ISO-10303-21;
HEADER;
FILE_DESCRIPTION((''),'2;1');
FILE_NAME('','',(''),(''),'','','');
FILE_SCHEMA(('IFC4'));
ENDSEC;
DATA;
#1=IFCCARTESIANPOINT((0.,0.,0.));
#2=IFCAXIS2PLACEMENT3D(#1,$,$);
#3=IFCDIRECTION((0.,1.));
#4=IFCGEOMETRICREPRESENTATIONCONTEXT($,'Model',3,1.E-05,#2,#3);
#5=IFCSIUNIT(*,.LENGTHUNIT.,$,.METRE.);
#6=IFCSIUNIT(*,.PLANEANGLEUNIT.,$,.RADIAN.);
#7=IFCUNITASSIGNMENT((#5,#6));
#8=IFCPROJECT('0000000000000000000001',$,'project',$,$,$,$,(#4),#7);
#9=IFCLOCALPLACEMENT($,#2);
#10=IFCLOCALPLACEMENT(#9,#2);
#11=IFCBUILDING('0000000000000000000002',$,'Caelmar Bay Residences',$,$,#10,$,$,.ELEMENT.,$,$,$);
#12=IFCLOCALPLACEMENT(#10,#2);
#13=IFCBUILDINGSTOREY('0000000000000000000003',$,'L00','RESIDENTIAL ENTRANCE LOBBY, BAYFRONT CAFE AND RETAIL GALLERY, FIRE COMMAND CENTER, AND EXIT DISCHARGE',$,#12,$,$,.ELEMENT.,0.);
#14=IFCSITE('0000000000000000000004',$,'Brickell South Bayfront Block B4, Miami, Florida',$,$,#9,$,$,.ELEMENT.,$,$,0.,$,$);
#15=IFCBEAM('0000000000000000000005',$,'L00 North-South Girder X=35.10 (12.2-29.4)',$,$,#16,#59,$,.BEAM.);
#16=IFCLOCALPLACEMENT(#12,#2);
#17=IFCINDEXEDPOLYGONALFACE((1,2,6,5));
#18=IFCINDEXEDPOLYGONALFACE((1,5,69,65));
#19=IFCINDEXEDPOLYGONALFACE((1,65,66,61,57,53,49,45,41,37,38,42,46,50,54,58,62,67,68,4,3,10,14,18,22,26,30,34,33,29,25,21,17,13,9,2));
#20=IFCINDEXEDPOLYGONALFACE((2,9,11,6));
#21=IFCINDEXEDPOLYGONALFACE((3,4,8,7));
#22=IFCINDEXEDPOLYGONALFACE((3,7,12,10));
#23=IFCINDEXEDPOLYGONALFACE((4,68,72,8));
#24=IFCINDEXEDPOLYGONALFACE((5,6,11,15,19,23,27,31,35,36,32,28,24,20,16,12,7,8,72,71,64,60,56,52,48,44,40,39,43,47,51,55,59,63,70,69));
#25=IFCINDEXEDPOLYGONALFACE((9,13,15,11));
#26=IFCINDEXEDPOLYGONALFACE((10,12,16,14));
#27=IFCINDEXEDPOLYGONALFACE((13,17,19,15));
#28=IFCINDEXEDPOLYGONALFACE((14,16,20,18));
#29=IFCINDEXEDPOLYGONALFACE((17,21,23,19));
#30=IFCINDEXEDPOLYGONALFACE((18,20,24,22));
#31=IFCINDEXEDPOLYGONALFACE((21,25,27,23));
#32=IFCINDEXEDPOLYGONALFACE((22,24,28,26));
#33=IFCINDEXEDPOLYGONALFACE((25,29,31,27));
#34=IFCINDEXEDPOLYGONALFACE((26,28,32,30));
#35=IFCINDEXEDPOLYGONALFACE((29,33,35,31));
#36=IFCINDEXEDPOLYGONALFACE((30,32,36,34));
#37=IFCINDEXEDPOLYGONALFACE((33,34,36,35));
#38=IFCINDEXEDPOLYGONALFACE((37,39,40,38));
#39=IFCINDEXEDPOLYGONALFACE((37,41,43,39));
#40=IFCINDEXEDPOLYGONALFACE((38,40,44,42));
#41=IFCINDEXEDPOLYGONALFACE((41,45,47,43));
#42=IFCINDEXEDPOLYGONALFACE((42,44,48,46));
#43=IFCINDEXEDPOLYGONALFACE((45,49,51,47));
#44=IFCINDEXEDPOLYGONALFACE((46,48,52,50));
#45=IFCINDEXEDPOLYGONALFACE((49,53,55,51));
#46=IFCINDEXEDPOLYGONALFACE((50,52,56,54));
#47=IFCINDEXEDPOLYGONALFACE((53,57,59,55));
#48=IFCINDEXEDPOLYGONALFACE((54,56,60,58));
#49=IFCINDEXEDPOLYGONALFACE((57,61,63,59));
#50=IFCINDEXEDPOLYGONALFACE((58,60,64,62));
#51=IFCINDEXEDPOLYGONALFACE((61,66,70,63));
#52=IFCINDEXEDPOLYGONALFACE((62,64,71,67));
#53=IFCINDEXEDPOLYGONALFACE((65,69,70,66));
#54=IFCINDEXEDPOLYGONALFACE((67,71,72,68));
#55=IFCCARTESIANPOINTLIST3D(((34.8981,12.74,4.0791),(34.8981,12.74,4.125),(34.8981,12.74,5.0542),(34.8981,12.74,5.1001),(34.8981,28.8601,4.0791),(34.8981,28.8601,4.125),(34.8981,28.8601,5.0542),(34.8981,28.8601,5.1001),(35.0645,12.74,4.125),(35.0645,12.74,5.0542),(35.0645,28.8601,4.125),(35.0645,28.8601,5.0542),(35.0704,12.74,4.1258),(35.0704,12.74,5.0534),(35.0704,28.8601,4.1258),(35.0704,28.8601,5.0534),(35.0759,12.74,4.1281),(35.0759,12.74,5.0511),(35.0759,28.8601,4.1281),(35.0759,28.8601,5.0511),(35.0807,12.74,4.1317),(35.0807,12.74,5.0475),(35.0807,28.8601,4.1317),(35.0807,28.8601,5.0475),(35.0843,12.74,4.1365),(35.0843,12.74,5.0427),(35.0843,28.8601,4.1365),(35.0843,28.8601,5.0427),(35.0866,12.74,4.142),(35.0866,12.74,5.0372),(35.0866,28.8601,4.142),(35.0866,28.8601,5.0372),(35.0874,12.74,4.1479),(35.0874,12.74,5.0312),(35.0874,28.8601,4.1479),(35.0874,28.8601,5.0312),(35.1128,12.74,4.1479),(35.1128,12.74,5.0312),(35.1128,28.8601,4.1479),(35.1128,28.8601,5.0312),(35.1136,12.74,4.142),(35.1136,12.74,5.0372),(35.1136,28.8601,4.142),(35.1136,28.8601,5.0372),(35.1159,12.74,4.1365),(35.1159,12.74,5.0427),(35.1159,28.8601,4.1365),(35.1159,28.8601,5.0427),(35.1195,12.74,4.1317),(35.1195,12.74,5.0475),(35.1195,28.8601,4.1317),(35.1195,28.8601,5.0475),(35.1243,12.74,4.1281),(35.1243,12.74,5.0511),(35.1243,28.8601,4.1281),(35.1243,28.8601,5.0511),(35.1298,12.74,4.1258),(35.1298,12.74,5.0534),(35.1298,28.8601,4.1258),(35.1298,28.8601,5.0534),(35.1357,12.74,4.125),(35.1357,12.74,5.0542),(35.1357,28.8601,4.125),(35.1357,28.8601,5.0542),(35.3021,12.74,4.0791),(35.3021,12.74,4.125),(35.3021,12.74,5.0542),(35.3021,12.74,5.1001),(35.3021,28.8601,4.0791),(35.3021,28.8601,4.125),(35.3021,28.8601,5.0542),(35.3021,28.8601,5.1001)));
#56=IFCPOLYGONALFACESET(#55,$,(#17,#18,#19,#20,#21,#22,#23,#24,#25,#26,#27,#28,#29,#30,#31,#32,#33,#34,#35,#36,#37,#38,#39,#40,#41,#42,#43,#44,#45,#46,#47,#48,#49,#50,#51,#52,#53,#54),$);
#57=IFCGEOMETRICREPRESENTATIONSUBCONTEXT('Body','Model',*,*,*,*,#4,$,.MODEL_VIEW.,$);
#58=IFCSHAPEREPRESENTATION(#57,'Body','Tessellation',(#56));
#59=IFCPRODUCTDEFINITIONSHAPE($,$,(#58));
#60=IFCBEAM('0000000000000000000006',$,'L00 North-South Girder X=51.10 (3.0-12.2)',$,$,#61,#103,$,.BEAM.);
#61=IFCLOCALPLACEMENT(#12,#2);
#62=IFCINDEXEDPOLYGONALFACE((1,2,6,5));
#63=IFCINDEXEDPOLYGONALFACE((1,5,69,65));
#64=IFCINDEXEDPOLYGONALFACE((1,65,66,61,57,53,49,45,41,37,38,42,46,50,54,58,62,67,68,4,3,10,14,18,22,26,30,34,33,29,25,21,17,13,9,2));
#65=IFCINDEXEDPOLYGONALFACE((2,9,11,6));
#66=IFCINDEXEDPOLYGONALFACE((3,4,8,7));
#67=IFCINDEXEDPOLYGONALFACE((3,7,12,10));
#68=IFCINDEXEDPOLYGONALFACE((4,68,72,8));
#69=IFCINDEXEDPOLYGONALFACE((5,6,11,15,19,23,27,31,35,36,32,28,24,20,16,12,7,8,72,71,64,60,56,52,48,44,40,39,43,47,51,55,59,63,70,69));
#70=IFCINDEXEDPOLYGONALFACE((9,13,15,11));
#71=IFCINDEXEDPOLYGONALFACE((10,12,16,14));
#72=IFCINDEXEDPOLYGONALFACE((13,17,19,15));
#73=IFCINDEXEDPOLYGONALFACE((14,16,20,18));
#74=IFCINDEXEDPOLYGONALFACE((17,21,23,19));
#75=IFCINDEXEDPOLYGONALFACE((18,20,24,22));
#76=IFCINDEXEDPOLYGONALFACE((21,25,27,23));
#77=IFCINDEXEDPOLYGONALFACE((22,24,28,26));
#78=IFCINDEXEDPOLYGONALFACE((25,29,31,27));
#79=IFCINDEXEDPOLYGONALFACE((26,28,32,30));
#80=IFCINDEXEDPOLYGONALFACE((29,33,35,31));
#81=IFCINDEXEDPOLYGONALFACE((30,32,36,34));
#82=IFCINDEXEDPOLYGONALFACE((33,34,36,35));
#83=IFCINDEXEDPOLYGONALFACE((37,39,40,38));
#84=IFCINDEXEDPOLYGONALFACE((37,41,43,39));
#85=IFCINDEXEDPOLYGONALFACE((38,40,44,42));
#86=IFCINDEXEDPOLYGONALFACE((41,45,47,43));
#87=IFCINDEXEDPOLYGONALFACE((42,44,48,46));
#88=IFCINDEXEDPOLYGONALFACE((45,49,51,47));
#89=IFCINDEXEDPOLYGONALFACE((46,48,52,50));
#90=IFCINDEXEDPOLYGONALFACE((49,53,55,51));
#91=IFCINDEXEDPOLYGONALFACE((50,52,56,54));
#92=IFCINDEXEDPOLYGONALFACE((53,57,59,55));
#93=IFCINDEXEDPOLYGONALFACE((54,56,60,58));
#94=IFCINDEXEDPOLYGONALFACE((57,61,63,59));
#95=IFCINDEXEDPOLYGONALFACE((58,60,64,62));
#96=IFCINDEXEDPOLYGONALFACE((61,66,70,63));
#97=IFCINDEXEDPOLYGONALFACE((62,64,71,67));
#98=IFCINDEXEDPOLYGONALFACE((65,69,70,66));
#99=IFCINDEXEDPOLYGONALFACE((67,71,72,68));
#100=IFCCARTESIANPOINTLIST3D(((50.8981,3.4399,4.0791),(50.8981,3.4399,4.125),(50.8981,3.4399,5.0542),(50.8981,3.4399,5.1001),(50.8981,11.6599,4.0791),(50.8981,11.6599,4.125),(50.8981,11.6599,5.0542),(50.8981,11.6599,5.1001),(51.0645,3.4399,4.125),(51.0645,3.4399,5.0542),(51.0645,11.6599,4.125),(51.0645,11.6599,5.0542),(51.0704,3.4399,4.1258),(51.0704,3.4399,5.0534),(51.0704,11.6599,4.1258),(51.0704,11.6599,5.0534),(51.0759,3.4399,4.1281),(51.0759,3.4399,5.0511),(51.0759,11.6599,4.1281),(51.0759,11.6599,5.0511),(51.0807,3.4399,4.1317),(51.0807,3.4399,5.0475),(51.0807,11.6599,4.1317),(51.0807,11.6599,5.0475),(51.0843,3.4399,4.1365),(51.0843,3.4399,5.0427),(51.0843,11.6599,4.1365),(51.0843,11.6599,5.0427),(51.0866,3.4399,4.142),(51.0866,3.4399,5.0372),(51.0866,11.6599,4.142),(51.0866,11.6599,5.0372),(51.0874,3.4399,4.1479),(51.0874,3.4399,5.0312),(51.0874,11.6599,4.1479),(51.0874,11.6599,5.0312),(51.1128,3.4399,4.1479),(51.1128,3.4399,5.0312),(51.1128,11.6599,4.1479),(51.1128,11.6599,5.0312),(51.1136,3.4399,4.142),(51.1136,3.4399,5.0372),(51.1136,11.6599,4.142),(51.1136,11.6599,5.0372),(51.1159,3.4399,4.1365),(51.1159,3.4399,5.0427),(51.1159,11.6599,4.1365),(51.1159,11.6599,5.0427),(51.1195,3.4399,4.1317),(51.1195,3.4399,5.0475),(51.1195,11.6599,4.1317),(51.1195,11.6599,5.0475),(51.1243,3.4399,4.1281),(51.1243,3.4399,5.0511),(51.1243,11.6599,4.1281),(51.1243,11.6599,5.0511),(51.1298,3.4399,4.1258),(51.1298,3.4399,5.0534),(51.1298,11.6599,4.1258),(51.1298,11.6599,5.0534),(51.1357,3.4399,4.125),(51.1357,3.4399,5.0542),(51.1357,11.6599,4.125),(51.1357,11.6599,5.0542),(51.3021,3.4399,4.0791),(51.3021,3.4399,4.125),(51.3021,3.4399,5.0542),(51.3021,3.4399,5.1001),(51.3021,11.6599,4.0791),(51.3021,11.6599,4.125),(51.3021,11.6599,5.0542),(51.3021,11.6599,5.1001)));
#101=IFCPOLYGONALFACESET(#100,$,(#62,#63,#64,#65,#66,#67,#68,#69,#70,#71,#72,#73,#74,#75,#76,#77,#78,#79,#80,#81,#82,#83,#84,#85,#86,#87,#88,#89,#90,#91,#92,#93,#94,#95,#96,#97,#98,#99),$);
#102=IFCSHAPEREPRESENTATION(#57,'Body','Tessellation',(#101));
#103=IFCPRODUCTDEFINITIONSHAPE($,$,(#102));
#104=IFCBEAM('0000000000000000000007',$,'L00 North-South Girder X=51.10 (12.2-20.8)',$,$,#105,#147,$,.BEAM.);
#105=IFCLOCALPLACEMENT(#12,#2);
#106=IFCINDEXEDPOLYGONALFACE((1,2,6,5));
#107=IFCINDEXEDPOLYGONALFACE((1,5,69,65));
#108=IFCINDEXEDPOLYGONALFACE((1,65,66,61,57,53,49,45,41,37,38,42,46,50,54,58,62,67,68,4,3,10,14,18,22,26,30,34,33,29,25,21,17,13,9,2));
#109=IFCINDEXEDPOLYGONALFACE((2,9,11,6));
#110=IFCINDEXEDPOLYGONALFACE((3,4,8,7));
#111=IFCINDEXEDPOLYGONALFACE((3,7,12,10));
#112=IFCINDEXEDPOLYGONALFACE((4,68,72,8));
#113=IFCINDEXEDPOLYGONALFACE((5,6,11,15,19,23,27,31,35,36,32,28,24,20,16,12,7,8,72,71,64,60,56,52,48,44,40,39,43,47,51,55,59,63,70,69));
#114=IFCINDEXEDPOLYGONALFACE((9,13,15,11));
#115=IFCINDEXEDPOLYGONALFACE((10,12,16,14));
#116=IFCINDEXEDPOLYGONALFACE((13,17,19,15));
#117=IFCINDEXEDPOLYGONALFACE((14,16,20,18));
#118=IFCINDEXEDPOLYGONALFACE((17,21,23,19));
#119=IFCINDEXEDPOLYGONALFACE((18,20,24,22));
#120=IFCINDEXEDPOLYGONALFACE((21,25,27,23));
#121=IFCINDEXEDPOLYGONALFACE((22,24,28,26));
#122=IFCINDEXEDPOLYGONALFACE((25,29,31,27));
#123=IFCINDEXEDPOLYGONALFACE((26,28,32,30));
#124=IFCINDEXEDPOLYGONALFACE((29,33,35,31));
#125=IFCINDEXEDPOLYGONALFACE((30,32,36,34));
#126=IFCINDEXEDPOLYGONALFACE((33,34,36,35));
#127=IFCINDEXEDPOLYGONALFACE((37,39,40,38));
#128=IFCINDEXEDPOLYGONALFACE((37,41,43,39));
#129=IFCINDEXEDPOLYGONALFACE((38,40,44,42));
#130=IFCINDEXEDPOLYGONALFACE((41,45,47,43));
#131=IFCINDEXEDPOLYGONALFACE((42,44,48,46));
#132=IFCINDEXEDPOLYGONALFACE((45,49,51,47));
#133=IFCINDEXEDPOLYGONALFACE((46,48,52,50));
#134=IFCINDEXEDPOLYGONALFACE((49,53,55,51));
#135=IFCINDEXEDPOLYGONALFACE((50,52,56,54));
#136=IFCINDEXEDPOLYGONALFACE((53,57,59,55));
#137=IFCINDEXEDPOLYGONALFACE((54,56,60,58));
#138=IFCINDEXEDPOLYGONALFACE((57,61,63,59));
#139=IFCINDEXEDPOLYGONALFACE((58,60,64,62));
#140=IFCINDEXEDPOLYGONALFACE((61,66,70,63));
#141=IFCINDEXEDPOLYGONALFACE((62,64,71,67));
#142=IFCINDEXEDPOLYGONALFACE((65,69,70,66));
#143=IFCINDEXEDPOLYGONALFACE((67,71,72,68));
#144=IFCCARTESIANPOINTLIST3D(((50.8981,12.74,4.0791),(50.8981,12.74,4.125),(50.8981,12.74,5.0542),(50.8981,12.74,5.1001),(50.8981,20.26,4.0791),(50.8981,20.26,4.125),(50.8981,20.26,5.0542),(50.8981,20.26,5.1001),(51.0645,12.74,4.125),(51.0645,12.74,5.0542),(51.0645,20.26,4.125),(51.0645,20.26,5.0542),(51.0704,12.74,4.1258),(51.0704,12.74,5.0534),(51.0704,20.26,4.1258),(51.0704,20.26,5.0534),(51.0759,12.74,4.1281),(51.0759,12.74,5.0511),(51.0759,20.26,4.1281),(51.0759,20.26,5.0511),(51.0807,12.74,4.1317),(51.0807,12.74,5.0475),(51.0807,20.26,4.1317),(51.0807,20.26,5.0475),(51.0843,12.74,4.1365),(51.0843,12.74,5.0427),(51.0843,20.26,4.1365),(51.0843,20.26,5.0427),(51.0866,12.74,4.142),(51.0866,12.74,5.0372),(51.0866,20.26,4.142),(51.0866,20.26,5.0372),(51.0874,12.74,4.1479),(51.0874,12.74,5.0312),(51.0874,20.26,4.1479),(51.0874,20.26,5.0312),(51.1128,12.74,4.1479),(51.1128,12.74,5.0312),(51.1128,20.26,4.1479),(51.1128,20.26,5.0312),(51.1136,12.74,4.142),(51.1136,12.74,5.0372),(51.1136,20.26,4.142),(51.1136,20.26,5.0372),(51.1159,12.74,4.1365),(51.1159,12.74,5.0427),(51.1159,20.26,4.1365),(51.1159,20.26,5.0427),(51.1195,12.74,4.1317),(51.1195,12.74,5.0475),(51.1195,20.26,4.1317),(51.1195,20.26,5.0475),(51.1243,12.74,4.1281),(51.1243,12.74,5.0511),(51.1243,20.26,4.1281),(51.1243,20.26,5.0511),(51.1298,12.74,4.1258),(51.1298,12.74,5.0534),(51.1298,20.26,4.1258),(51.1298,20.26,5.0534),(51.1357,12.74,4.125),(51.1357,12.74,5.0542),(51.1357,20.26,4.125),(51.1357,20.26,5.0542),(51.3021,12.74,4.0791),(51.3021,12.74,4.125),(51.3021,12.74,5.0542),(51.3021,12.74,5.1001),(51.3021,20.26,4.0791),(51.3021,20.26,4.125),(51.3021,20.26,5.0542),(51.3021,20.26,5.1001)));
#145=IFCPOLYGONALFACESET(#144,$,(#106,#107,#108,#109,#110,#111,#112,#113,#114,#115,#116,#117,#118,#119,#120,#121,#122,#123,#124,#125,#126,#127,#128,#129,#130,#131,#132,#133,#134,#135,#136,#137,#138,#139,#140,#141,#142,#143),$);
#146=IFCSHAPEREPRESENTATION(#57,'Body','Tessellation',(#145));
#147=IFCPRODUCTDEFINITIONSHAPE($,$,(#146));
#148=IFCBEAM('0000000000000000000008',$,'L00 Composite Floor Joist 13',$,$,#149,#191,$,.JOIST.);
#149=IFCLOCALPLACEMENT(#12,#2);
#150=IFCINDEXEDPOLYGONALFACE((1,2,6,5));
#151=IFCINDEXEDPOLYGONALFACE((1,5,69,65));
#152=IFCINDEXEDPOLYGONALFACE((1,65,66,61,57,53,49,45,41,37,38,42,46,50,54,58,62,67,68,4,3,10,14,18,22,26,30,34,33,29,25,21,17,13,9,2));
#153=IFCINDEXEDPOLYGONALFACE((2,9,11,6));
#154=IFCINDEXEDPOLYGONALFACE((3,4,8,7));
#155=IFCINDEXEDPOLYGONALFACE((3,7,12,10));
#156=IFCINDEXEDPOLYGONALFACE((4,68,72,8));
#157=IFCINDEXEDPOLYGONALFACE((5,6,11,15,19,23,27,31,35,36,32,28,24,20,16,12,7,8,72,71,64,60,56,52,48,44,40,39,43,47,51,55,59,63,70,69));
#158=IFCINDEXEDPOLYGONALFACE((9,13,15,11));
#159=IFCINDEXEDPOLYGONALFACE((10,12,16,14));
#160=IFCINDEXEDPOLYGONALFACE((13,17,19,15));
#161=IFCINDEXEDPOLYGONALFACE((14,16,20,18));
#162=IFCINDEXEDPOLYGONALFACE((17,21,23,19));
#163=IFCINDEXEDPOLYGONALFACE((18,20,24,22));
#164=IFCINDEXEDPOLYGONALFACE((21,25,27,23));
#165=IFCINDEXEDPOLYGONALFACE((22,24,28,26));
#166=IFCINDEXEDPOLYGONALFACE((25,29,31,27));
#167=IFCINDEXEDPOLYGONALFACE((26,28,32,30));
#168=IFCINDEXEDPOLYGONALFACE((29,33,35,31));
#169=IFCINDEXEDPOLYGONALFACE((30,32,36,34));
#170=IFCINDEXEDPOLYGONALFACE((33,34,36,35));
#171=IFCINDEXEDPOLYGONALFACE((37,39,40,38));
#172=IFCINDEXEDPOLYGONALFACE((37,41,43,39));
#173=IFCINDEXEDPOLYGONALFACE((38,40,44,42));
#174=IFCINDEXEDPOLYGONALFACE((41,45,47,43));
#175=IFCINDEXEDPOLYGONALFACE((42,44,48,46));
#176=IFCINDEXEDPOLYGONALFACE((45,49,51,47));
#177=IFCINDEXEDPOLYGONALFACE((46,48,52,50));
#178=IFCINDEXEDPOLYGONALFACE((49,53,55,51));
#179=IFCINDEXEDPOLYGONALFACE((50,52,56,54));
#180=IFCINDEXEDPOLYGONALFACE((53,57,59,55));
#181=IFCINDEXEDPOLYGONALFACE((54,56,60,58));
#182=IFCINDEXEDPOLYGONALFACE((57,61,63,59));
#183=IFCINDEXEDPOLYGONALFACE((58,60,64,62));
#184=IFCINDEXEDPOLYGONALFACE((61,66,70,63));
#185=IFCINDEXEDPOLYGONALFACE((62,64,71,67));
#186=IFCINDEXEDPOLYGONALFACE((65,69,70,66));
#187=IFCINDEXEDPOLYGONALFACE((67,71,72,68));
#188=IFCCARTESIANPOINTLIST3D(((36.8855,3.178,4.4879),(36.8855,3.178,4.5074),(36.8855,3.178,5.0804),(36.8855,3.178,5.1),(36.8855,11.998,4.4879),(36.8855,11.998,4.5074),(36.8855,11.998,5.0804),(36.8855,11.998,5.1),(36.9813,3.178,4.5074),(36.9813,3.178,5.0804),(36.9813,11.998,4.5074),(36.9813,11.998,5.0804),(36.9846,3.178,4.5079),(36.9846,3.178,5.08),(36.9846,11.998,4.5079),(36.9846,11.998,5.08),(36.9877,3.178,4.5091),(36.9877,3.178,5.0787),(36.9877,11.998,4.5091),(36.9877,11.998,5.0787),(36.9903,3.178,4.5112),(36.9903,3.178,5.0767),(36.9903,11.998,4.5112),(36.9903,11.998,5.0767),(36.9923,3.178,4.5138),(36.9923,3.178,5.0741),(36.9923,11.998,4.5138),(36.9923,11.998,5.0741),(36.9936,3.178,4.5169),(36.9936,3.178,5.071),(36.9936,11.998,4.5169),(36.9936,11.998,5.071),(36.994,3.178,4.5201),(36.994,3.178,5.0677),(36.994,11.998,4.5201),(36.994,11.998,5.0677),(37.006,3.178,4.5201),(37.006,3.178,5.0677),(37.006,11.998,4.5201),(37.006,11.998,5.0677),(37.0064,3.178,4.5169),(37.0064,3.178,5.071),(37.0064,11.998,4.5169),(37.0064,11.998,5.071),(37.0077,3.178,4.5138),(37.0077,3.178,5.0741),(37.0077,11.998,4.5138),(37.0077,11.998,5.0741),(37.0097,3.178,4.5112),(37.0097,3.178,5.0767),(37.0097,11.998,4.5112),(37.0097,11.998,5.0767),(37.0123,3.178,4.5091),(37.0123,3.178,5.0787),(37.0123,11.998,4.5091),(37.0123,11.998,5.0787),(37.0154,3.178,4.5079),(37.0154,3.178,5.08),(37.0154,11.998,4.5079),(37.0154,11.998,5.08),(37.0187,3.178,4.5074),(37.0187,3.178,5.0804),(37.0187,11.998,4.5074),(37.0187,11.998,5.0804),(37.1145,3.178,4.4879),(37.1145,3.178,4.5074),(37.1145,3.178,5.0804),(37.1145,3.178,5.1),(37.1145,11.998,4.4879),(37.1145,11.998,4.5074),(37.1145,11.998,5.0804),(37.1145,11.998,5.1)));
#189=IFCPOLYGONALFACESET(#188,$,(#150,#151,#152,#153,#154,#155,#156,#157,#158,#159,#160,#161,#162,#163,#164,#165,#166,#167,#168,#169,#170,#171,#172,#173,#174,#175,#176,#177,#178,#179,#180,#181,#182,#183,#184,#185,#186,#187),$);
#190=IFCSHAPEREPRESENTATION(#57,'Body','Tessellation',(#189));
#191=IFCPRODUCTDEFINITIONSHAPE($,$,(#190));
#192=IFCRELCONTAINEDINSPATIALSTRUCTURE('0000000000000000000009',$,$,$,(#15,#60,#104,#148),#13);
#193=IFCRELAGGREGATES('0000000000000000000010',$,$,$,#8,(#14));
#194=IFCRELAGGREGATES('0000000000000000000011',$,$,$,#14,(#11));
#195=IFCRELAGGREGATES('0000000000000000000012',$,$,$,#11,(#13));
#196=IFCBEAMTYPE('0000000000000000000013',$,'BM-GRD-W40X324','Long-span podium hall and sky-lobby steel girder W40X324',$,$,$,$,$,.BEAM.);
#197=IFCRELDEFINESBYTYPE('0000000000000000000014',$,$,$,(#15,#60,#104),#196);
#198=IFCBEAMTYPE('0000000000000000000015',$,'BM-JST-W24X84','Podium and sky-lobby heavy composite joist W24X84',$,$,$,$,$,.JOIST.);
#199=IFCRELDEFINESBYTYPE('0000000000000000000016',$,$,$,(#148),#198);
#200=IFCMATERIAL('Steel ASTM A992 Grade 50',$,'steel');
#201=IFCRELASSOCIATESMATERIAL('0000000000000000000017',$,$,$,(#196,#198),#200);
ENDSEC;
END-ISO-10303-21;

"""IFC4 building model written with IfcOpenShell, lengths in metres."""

from ifc_helpers import new_model, si_unit, direction, frame, origin, origin_2d, place, context, subcontext, project, spatial, i_section, extrude, material, material_profile, profile_set, type_object, element, save


model = new_model("IFC4")

# Units and contexts
model_context = context("Model", 3, precision=1e-05, world=origin(), true_north=direction((0.0, 1.0)))
body_context = subcontext(model_context, "Body", "Model", "MODEL_VIEW")
ifc_project = project(units=[si_unit("LENGTHUNIT", "METRE"), si_unit("PLANEANGLEUNIT", "RADIAN")], contexts=[model_context])

# Site, building, storey
site_placement = place(None, origin())
site = spatial("IfcSite", under=ifc_project, at=site_placement, Name="Brickell South Bayfront Block B4, Miami, Florida", CompositionType="ELEMENT", RefElevation=0.0)
building_placement = place(site_placement, origin())
building = spatial("IfcBuilding", under=site, at=building_placement, Name="Caelmar Bay Residences", CompositionType="ELEMENT")
storey_placement = place(building_placement, origin())
storey = spatial("IfcBuildingStorey", under=building, at=storey_placement, Name="L00", Description="RESIDENTIAL ENTRANCE LOBBY, BAYFRONT CAFE AND RETAIL GALLERY, FIRE COMMAND CENTER, AND EXIT DISCHARGE", CompositionType="ELEMENT", Elevation=0.0)

# Beams
ifc_material_1 = material(Name="Steel ASTM A992 Grade 50", Category="steel")
ifc_material_profile_1 = material_profile(ifc_material_1, i_section(OverallWidth=0.4041, OverallDepth=1.021, WebThickness=0.0254, FlangeThickness=0.0459, FilletRadius=0.0229, at=origin_2d()), Name="W40X324")
ifc_profile_set_1 = profile_set([ifc_material_profile_1], Name="Steel ASTM A992 Grade 50")
beam_type_1 = type_object("IfcBeamType", Name="BM-GRD-W40X324", Description="Long-span podium hall and sky-lobby steel girder W40X324", PredefinedType="BEAM", material=ifc_profile_set_1)
beam_1_placement = place(storey_placement, frame((35.1001, 12.74, 4.5896), z_axis=(0.0, 1.0, 0.0), x_axis=(-1.0, 0.0, 0.0)))
element("IfcBeam", 1, at=beam_1_placement, inside=storey, type_object=beam_type_1, Name="L00 North-South Girder X=35.10 (12.2-29.4)", PredefinedType="BEAM", context=body_context, shape_type="SweptSolid", body=[
    extrude(i_section(OverallWidth=0.4041, OverallDepth=1.021, WebThickness=0.0254, FlangeThickness=0.0459, FilletRadius=0.0229, at=origin_2d()), origin(), (0.0, 0.0, 1.0), 16.1201),
])
beam_2_placement = place(storey_placement, frame((51.1001, 3.4399, 4.5896), z_axis=(0.0, 1.0, 0.0), x_axis=(-1.0, 0.0, 0.0)))
element("IfcBeam", 2, at=beam_2_placement, inside=storey, type_object=beam_type_1, Name="L00 North-South Girder X=51.10 (3.0-12.2)", PredefinedType="BEAM", context=body_context, shape_type="SweptSolid", body=[
    extrude(i_section(OverallWidth=0.4041, OverallDepth=1.021, WebThickness=0.0254, FlangeThickness=0.0459, FilletRadius=0.0229, at=origin_2d()), origin(), (0.0, 0.0, 1.0), 8.22),
])
beam_3_placement = place(storey_placement, frame((51.1001, 12.74, 4.5896), z_axis=(0.0, 1.0, 0.0), x_axis=(-1.0, 0.0, 0.0)))
element("IfcBeam", 3, at=beam_3_placement, inside=storey, type_object=beam_type_1, Name="L00 North-South Girder X=51.10 (12.2-20.8)", PredefinedType="BEAM", context=body_context, shape_type="SweptSolid", body=[
    extrude(i_section(OverallWidth=0.4041, OverallDepth=1.021, WebThickness=0.0254, FlangeThickness=0.0459, FilletRadius=0.0229, at=origin_2d()), origin(), (0.0, 0.0, 1.0), 7.52),
])
ifc_material_profile_2 = material_profile(ifc_material_1, i_section(OverallWidth=0.229, OverallDepth=0.6121, WebThickness=0.012, FlangeThickness=0.0195, FilletRadius=0.0127, at=origin_2d()), Name="W24X84")
ifc_profile_set_2 = profile_set([ifc_material_profile_2], Name="Steel ASTM A992 Grade 50")
beam_type_2 = type_object("IfcBeamType", Name="BM-JST-W24X84", Description="Podium and sky-lobby heavy composite joist W24X84", PredefinedType="JOIST", material=ifc_profile_set_2)
for number, where, z_axis, x_axis, name in (
    (4, (37.0, 3.178, 4.7939), (0.0, 1.0, 0.0), (-1.0, 0.0, 0.0), "L00 Composite Floor Joist 13"),
):
    element("IfcBeam", number, at=place(storey_placement, frame(where, z_axis=z_axis, x_axis=x_axis)), inside=storey, type_object=beam_type_2, Name=name, PredefinedType="JOIST", context=body_context, shape_type="SweptSolid", body=[
        extrude(i_section(OverallWidth=0.229, OverallDepth=0.6121, WebThickness=0.012, FlangeThickness=0.0195, FilletRadius=0.0127, at=origin_2d()), origin(), (0.0, 0.0, 1.0), 8.8201),
    ])

save(model, "model.ifc")
